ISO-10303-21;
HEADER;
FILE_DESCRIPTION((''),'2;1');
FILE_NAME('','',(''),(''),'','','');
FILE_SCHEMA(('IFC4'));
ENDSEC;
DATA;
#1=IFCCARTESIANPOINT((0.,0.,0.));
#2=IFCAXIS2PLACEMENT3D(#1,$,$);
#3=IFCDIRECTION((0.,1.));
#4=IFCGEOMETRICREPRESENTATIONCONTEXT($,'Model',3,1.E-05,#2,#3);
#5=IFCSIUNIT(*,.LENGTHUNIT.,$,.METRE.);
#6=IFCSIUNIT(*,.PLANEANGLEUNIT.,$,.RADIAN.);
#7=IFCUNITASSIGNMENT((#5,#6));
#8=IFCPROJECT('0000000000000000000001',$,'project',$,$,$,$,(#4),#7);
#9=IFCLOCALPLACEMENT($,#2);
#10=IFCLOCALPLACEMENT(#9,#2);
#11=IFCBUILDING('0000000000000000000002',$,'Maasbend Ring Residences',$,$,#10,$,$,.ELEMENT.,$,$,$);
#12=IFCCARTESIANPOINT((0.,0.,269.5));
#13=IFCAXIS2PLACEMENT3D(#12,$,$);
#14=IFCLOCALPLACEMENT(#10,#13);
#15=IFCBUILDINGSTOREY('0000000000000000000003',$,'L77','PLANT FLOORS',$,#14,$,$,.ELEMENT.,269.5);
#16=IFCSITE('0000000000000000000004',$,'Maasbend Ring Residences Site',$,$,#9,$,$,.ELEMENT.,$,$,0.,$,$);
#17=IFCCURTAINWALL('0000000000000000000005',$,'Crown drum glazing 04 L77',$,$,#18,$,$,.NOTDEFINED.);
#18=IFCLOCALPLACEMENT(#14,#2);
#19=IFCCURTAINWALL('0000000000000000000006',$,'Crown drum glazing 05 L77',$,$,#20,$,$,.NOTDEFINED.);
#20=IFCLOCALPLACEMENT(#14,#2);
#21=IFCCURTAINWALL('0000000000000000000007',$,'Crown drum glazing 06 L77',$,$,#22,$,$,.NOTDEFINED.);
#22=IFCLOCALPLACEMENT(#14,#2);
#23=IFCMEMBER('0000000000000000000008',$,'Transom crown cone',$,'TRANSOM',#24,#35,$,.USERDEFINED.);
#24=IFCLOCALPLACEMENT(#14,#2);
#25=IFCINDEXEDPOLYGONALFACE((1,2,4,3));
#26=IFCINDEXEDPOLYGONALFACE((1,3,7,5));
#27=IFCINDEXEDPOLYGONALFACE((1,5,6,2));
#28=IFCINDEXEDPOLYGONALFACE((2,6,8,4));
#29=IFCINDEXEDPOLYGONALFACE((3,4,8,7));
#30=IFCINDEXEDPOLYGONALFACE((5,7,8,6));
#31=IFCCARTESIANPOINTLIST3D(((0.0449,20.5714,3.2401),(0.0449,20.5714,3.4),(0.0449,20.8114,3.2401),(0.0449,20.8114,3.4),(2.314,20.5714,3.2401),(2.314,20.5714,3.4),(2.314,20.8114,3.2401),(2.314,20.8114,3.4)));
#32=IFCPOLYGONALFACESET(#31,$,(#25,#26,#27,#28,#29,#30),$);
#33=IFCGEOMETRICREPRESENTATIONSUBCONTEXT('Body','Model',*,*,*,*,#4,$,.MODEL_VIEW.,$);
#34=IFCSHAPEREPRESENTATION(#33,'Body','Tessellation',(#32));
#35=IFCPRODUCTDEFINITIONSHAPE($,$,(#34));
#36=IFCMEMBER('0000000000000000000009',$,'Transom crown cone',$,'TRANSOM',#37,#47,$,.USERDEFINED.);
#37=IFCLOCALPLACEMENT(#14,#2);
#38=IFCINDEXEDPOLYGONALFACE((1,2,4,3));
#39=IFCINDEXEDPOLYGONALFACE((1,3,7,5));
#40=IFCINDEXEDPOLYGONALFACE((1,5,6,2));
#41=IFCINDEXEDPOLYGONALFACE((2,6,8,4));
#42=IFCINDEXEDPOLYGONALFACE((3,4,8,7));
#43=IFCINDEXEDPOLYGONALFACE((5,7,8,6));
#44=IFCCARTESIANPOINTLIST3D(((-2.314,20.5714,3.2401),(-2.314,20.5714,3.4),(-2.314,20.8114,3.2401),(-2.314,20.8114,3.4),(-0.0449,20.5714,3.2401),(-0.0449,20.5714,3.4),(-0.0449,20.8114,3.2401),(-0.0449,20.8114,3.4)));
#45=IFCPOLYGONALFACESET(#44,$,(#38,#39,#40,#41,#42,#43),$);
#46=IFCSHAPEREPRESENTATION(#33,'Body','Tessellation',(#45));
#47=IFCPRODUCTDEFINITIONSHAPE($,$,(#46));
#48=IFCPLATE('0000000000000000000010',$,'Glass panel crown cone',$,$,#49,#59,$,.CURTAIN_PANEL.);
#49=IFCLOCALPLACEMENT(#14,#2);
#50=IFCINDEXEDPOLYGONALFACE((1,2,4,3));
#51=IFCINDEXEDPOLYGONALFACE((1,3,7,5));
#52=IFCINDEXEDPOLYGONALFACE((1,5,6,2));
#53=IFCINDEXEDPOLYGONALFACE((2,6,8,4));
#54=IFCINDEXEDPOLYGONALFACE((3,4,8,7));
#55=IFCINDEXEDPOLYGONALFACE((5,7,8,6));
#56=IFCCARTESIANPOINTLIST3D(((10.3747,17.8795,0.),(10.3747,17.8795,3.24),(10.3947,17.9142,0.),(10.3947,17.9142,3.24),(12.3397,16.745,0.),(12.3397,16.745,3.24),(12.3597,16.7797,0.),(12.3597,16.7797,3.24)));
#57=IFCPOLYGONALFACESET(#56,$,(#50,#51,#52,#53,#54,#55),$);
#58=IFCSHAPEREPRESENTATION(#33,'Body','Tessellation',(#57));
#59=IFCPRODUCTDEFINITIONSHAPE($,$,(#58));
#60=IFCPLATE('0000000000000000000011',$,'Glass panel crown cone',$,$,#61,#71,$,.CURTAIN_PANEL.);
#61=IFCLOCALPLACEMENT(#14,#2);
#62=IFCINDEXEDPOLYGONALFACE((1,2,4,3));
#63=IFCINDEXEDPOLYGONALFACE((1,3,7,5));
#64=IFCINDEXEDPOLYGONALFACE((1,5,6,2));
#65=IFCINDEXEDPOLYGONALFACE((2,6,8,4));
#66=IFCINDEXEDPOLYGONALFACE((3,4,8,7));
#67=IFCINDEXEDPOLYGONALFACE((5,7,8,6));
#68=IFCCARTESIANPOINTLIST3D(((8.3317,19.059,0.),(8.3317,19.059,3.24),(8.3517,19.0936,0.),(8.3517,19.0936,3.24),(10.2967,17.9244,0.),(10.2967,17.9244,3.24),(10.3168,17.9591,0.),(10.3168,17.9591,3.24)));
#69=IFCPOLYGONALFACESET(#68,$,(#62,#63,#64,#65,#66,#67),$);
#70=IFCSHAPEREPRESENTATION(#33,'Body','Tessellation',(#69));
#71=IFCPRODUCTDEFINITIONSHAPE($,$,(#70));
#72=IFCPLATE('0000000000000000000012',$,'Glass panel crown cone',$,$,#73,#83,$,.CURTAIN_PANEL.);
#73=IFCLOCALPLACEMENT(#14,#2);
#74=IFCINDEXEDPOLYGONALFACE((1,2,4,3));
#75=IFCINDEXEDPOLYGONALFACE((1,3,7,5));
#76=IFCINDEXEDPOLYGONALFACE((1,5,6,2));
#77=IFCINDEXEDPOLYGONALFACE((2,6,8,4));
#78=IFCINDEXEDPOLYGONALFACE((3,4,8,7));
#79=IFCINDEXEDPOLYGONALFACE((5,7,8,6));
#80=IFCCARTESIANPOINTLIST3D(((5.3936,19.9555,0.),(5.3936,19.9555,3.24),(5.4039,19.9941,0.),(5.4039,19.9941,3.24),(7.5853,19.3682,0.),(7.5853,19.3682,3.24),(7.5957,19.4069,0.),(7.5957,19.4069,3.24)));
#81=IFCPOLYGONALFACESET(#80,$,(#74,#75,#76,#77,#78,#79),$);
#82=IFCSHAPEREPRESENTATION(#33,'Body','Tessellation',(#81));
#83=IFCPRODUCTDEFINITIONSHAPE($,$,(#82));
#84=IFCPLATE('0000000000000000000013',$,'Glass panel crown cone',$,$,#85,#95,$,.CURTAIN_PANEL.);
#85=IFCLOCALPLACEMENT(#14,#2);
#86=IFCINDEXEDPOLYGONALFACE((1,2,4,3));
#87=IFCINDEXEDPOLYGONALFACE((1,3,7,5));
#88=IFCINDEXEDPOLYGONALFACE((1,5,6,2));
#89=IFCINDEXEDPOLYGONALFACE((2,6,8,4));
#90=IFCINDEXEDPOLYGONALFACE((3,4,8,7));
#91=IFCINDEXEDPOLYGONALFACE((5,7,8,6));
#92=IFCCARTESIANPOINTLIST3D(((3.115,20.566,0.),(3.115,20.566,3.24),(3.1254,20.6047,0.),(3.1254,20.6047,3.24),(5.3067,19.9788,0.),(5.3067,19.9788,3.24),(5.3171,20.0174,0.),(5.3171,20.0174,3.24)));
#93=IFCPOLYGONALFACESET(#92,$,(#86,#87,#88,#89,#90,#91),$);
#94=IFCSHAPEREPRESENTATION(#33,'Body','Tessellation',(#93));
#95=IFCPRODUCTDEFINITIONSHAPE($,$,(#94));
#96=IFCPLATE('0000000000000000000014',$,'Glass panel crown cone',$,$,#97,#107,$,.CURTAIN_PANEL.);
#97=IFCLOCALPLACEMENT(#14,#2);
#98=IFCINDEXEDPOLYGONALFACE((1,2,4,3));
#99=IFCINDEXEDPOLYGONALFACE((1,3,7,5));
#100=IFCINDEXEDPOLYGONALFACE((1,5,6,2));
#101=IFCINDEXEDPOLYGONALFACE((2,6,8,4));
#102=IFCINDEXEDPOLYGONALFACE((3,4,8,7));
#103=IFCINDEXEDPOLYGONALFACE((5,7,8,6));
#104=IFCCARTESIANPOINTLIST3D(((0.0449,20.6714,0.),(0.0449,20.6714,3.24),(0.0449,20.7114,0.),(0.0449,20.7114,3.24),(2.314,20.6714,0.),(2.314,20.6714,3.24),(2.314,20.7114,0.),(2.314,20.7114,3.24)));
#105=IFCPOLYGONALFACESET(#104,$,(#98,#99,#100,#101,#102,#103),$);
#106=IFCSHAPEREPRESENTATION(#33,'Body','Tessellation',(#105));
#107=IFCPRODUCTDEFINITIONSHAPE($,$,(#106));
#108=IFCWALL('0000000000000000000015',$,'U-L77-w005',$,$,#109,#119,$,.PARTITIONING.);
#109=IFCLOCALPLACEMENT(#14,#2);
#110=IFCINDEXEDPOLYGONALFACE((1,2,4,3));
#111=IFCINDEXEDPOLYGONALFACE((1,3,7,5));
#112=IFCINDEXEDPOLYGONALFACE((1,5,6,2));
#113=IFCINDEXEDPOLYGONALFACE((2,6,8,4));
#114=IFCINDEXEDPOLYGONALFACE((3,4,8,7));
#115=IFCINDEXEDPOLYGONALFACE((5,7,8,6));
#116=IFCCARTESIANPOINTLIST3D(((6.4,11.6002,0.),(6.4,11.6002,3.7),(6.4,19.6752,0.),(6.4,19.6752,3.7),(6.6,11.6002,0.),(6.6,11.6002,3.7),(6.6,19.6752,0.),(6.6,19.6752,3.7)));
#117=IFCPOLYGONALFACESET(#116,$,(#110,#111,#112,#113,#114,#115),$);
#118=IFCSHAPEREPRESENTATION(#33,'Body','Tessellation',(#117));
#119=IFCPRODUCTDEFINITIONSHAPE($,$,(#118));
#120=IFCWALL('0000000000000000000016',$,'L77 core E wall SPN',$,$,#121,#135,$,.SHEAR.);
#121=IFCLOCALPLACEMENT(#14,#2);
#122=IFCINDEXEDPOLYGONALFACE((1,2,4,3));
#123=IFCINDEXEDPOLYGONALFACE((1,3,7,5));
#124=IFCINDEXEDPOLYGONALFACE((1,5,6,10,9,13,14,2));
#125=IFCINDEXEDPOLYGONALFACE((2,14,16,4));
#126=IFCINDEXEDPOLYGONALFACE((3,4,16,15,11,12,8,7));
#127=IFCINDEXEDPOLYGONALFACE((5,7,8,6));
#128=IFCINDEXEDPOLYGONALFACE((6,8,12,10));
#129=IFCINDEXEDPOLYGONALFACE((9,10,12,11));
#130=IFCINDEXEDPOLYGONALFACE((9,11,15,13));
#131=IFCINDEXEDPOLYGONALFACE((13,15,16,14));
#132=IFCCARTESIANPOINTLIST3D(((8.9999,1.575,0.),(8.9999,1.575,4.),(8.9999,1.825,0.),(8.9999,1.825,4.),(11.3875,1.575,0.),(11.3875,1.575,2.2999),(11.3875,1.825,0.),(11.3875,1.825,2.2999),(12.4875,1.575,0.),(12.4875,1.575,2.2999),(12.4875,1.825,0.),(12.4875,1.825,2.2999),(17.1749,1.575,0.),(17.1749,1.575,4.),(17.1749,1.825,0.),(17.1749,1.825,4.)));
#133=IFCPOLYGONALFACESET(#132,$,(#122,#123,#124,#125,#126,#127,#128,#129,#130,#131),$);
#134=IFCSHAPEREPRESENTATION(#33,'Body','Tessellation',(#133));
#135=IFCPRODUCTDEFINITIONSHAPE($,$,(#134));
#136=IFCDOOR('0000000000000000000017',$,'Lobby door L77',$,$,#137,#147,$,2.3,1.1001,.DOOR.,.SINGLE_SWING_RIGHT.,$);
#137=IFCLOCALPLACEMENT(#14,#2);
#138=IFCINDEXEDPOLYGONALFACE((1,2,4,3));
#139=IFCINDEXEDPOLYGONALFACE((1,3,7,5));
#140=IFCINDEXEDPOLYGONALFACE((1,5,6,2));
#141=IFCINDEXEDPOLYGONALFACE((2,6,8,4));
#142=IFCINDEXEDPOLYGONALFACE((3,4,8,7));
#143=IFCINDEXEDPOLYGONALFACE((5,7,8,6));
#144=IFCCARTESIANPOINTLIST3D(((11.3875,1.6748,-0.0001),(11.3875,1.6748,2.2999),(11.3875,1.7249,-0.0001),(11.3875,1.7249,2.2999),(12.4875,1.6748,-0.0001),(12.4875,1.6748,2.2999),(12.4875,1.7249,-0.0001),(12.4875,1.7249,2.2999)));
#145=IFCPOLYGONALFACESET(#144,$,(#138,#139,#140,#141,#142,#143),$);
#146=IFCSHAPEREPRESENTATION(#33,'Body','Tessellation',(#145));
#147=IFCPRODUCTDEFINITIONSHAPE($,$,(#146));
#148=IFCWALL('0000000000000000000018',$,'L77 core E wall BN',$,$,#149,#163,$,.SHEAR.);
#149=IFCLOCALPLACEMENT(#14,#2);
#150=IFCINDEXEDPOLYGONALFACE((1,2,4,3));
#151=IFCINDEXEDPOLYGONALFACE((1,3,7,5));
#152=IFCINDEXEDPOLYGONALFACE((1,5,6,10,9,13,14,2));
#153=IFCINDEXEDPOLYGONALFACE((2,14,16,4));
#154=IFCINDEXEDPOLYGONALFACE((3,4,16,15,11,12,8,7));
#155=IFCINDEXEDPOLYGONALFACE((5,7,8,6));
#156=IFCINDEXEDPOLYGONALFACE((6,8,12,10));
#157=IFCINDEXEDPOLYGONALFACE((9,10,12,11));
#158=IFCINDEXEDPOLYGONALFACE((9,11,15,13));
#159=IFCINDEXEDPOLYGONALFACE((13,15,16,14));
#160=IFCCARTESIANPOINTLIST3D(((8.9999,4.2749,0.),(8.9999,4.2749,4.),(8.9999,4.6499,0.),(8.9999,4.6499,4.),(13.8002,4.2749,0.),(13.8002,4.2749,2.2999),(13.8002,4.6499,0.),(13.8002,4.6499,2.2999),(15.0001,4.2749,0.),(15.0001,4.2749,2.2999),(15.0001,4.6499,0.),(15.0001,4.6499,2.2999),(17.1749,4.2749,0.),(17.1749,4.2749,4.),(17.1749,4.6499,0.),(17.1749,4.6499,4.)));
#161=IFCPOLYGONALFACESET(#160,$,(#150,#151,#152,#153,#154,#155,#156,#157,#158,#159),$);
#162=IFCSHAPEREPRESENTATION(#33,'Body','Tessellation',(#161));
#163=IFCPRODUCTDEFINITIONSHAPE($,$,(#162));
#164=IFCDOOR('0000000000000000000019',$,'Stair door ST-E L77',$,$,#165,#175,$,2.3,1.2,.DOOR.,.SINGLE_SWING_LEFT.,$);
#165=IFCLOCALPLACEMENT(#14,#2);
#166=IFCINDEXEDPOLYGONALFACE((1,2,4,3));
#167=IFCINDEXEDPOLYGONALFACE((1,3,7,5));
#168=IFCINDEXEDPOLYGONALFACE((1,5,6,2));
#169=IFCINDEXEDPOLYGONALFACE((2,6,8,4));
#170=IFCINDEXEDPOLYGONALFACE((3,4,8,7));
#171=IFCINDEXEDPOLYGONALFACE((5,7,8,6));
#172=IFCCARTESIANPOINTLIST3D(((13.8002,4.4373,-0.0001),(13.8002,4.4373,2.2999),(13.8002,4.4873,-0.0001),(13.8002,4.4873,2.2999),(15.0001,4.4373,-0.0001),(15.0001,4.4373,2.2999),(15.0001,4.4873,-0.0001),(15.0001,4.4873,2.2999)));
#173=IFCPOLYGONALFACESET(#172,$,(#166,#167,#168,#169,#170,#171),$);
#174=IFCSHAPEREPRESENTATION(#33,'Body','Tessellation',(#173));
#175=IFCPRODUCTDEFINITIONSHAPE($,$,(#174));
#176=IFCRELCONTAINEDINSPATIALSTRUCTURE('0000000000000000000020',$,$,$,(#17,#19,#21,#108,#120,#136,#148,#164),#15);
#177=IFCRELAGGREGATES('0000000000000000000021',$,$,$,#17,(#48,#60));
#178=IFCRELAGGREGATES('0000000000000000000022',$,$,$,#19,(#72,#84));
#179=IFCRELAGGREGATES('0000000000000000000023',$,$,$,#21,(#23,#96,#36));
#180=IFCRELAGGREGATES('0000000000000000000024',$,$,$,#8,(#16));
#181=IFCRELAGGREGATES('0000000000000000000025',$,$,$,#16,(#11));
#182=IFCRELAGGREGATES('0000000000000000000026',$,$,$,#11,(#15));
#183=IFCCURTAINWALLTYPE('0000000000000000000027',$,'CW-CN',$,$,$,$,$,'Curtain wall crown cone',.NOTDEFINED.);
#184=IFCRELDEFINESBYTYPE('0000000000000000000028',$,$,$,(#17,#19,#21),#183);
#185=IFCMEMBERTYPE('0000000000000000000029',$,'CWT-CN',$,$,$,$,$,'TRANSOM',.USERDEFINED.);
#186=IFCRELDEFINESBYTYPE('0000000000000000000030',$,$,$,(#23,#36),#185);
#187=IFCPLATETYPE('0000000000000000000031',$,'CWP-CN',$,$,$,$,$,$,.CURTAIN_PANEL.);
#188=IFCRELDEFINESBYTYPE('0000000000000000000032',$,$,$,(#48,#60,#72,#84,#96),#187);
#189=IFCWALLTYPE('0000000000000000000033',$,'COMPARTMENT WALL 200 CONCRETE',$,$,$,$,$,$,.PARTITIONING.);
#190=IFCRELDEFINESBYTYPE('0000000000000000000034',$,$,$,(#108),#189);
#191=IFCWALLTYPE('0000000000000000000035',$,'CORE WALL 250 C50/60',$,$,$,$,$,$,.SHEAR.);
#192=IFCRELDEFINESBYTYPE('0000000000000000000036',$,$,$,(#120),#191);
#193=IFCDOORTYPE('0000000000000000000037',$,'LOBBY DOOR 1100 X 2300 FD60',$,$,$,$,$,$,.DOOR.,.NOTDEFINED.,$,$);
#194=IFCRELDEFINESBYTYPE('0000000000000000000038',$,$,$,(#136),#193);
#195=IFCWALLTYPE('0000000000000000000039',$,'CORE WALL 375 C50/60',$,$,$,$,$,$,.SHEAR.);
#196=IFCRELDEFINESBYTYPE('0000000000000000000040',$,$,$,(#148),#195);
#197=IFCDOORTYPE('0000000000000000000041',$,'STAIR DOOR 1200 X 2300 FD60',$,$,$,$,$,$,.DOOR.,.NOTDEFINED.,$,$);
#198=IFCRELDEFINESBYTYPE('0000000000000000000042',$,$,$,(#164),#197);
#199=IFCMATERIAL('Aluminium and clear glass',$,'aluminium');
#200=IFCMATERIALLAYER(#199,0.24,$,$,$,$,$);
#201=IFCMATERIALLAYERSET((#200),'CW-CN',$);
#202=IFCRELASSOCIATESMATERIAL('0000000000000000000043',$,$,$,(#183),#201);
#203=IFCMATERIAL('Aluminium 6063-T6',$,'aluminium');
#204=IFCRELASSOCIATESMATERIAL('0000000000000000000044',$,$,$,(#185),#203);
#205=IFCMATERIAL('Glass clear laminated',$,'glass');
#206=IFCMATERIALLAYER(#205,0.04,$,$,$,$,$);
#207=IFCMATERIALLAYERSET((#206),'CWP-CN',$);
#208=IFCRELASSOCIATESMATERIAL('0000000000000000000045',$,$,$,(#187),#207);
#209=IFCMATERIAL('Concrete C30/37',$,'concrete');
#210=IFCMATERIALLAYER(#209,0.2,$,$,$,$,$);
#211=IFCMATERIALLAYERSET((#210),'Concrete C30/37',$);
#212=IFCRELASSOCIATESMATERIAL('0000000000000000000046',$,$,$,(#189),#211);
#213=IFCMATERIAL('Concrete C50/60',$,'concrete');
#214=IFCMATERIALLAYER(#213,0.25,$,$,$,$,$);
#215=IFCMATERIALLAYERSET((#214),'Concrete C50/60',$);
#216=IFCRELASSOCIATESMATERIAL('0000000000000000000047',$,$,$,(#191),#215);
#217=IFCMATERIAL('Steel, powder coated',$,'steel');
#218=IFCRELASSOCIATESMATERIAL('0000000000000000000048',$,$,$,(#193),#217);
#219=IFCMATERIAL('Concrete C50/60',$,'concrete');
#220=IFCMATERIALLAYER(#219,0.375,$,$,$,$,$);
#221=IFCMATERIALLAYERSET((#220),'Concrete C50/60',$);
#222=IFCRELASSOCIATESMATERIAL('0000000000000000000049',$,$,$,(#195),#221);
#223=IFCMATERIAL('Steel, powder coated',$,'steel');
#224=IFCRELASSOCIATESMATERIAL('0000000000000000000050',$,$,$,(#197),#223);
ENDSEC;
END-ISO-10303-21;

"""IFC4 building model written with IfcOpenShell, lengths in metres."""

from ifc_helpers import new_model, si_unit, direction, frame, frame_2d, origin, origin_2d, place, context, subcontext, project, spatial, rectangle, extrude, material, layer, layer_set, material_profile, profile_set, type_object, element, fill, aggregate, save


model = new_model("IFC4")

# Units and contexts
model_context = context("Model", 3, precision=1e-05, world=origin(), true_north=direction((0.0, 1.0)))
body_context = subcontext(model_context, "Body", "Model", "MODEL_VIEW")
ifc_project = project(units=[si_unit("LENGTHUNIT", "METRE"), si_unit("PLANEANGLEUNIT", "RADIAN")], contexts=[model_context])

# Site, building, storey
site_placement = place(None, origin())
site = spatial("IfcSite", under=ifc_project, at=site_placement, Name="Maasbend Ring Residences Site", CompositionType="ELEMENT", RefElevation=0.0)
building_placement = place(site_placement, origin())
building = spatial("IfcBuilding", under=site, at=building_placement, Name="Maasbend Ring Residences", CompositionType="ELEMENT")
storey_placement = place(building_placement, frame((0.0, 0.0, 269.5)))
storey = spatial("IfcBuildingStorey", under=building, at=storey_placement, Name="L77", Description="PLANT FLOORS", CompositionType="ELEMENT", Elevation=269.5)

# Curtain walls
ifc_material_1 = material(Name="Aluminium and clear glass", Category="aluminium")
ifc_layer_1 = layer(ifc_material_1, 0.24)
ifc_layer_set_1 = layer_set([ifc_layer_1], Name="CW-CN")
curtain_wall_type = type_object("IfcCurtainWallType", Name="CW-CN", ElementType="Curtain wall crown cone", PredefinedType="NOTDEFINED", material=ifc_layer_set_1)
curtain_wall_1_placement = place(storey_placement, origin())
curtain_wall_1 = element("IfcCurtainWall", 1, at=curtain_wall_1_placement, inside=storey, type_object=curtain_wall_type, Name="Crown drum glazing 04 L77", PredefinedType="NOTDEFINED")
curtain_wall_2_placement = place(storey_placement, origin())
curtain_wall_2 = element("IfcCurtainWall", 2, at=curtain_wall_2_placement, inside=storey, type_object=curtain_wall_type, Name="Crown drum glazing 05 L77", PredefinedType="NOTDEFINED")
curtain_wall_3_placement = place(storey_placement, origin())
curtain_wall_3 = element("IfcCurtainWall", 3, at=curtain_wall_3_placement, inside=storey, type_object=curtain_wall_type, Name="Crown drum glazing 06 L77", PredefinedType="NOTDEFINED")

# Members
ifc_material_2 = material(Name="Aluminium 6063-T6", Category="aluminium")
ifc_material_profile_1 = material_profile(ifc_material_2, rectangle(XDim=0.24, YDim=0.1599, at=origin_2d()), Name="AL 240x160")
ifc_profile_set_1 = profile_set([ifc_material_profile_1], Name="Aluminium 6063-T6")
member_type_1 = type_object("IfcMemberType", Name="CWT-CN", ElementType="TRANSOM", PredefinedType="USERDEFINED", material=ifc_profile_set_1)
member_1_placement = place(storey_placement, frame((2.314, 20.6914, 3.3201), z_axis=(-1.0, 0.0, 0.0), x_axis=(0.0, -1.0, 0.0)))
member_1 = element("IfcMember", 4, at=member_1_placement, type_object=member_type_1, Name="Transom crown cone", ObjectType="TRANSOM", PredefinedType="USERDEFINED", context=body_context, shape_type="SweptSolid", body=[
    extrude(rectangle(XDim=0.24, YDim=0.1599, at=origin_2d()), origin(), (0.0, 0.0, 1.0), 2.269),
])
member_2_placement = place(storey_placement, frame((-0.0449, 20.6914, 3.3201), z_axis=(-1.0, 0.0, 0.0), x_axis=(0.0, -1.0, 0.0)))
member_2 = element("IfcMember", 5, at=member_2_placement, type_object=member_type_1, Name="Transom crown cone", ObjectType="TRANSOM", PredefinedType="USERDEFINED", context=body_context, shape_type="SweptSolid", body=[
    extrude(rectangle(XDim=0.24, YDim=0.1599, at=origin_2d()), origin(), (0.0, 0.0, 1.0), 2.269),
])

# Plates
ifc_material_3 = material(Name="Glass clear laminated", Category="glass")
ifc_layer_2 = layer(ifc_material_3, 0.04)
ifc_layer_set_2 = layer_set([ifc_layer_2], Name="CWP-CN")
plate_type = type_object("IfcPlateType", Name="CWP-CN", PredefinedType="CURTAIN_PANEL", material=ifc_layer_set_2)
plate_1_placement = place(storey_placement, frame((11.3672, 17.3296, 0.0), z_axis=(0.0, 0.0, 1.0), x_axis=(-0.866025, 0.5, 0.0)))
plate_1 = element("IfcPlate", 6, at=plate_1_placement, type_object=plate_type, Name="Glass panel crown cone", PredefinedType="CURTAIN_PANEL", context=body_context, shape_type="SweptSolid", body=[
    extrude(rectangle(XDim=2.269, YDim=0.04, at=origin_2d()), origin(), (0.0, 0.0, 1.0), 3.24),
])
plate_2_placement = place(storey_placement, frame((9.3242, 18.509, 0.0), z_axis=(0.0, 0.0, 1.0), x_axis=(-0.866025, 0.5, 0.0)))
plate_2 = element("IfcPlate", 7, at=plate_2_placement, type_object=plate_type, Name="Glass panel crown cone", PredefinedType="CURTAIN_PANEL", context=body_context, shape_type="SweptSolid", body=[
    extrude(rectangle(XDim=2.269, YDim=0.04, at=origin_2d()), origin(), (0.0, 0.0, 1.0), 3.24),
])
aggregate(curtain_wall_1, [plate_1, plate_2])
plate_3_placement = place(storey_placement, frame((6.4946, 19.6812, 0.0), z_axis=(0.0, 0.0, 1.0), x_axis=(-0.965926, 0.258819, 0.0)))
plate_3 = element("IfcPlate", 8, at=plate_3_placement, type_object=plate_type, Name="Glass panel crown cone", PredefinedType="CURTAIN_PANEL", context=body_context, shape_type="SweptSolid", body=[
    extrude(rectangle(XDim=2.269, YDim=0.04, at=origin_2d()), origin(), (0.0, 0.0, 1.0), 3.24),
])
plate_4_placement = place(storey_placement, frame((4.2161, 20.2917, 0.0), z_axis=(0.0, 0.0, 1.0), x_axis=(-0.965926, 0.258819, 0.0)))
plate_4 = element("IfcPlate", 9, at=plate_4_placement, type_object=plate_type, Name="Glass panel crown cone", PredefinedType="CURTAIN_PANEL", context=body_context, shape_type="SweptSolid", body=[
    extrude(rectangle(XDim=2.269, YDim=0.04, at=origin_2d()), origin(), (0.0, 0.0, 1.0), 3.24),
])
aggregate(curtain_wall_2, [plate_3, plate_4])
plate_5_placement = place(storey_placement, frame((1.1794, 20.6914, 0.0), z_axis=(0.0, 0.0, 1.0), x_axis=(-1.0, 0.0, 0.0)))
plate_5 = element("IfcPlate", 10, at=plate_5_placement, type_object=plate_type, Name="Glass panel crown cone", PredefinedType="CURTAIN_PANEL", context=body_context, shape_type="SweptSolid", body=[
    extrude(rectangle(XDim=2.269, YDim=0.04, at=origin_2d()), origin(), (0.0, 0.0, 1.0), 3.24),
])
aggregate(curtain_wall_3, [member_1, plate_5, member_2])

# Wall
ifc_material_4 = material(Name="Concrete C30/37", Category="concrete")
ifc_layer_3 = layer(ifc_material_4, 0.2)
ifc_layer_set_3 = layer_set([ifc_layer_3], Name="Concrete C30/37")
wall_type_1 = type_object("IfcWallType", Name="COMPARTMENT WALL 200 CONCRETE", PredefinedType="PARTITIONING", material=ifc_layer_set_3)
wall_1_placement = place(storey_placement, frame((6.5, 11.6001, 0.0), z_axis=(0.0, 0.0, 1.0), x_axis=(0.0, 1.0, 0.0)))
element("IfcWall", 11, at=wall_1_placement, inside=storey, type_object=wall_type_1, Name="U-L77-w005", PredefinedType="PARTITIONING", context=body_context, shape_type="SweptSolid", body=[
    extrude(rectangle(XDim=8.075, YDim=0.2, at=frame_2d((4.0376, 0.0))), origin(), (0.0, 0.0, 1.0), 3.7),
])

# Walls, openings, doors
ifc_material_5 = material(Name="Concrete C50/60", Category="concrete")
ifc_layer_4 = layer(ifc_material_5, 0.25)
ifc_layer_set_4 = layer_set([ifc_layer_4], Name="Concrete C50/60")
wall_type_2 = type_object("IfcWallType", Name="CORE WALL 250 C50/60", PredefinedType="SHEAR", material=ifc_layer_set_4)
wall_2_placement = place(storey_placement, frame((9.0, 1.7, 0.0), z_axis=(0.0, 0.0, 1.0), x_axis=(1.0, 0.0, 0.0)))
wall_2 = element("IfcWall", 12, at=wall_2_placement, inside=storey, type_object=wall_type_2, Name="L77 core E wall SPN", PredefinedType="SHEAR", context=body_context, shape_type="SweptSolid", body=[
    extrude(rectangle(XDim=8.175, YDim=0.25, at=frame_2d((4.0874, 0.0))), origin(), (0.0, 0.0, 1.0), 4.0),
])
opening_1_placement = place(wall_2_placement, frame((2.3875, 0.0, 0.0)))
opening_1 = element("IfcOpeningElement", 13, at=opening_1_placement, cuts=wall_2, PredefinedType="OPENING", context=body_context, shape_type="SweptSolid", body=[
    extrude(rectangle(XDim=1.1001, YDim=2.3, at=frame_2d((0.55, 1.1499))), frame((0.0, 0.135, 0.0), z_axis=(0.0, -1.0, 0.0), x_axis=(1.0, 0.0, 0.0)), (0.0, 0.0, 1.0), 0.27),
])
ifc_material_6 = material(Name="Steel, powder coated", Category="steel")
door_type_1 = type_object("IfcDoorType", Name="LOBBY DOOR 1100 X 2300 FD60", OperationType="NOTDEFINED", PredefinedType="DOOR", material=ifc_material_6)
door_1_placement = place(opening_1_placement, origin())
door_1 = element("IfcDoor", 14, at=door_1_placement, inside=storey, type_object=door_type_1, Name="Lobby door L77", OperationType="SINGLE_SWING_RIGHT", OverallHeight=2.3, OverallWidth=1.1001, PredefinedType="DOOR", context=body_context, shape_type="SweptSolid", body=[
    extrude(rectangle(XDim=1.1001, YDim=2.3, at=frame_2d((0.55, 1.1499))), frame((0.0, 0.0249, 0.0), z_axis=(0.0, -1.0, 0.0), x_axis=(1.0, 0.0, 0.0)), (0.0, 0.0, 1.0), 0.05),
])
fill(opening_1, door_1)
ifc_material_7 = material(Name="Concrete C50/60", Category="concrete")
ifc_layer_5 = layer(ifc_material_7, 0.375)
ifc_layer_set_5 = layer_set([ifc_layer_5], Name="Concrete C50/60")
wall_type_3 = type_object("IfcWallType", Name="CORE WALL 375 C50/60", PredefinedType="SHEAR", material=ifc_layer_set_5)
wall_3_placement = place(storey_placement, frame((9.0, 4.4624, 0.0), z_axis=(0.0, 0.0, 1.0), x_axis=(1.0, 0.0, 0.0)))
wall_3 = element("IfcWall", 15, at=wall_3_placement, inside=storey, type_object=wall_type_3, Name="L77 core E wall BN", PredefinedType="SHEAR", context=body_context, shape_type="SweptSolid", body=[
    extrude(rectangle(XDim=8.175, YDim=0.375, at=frame_2d((4.0874, 0.0))), origin(), (0.0, 0.0, 1.0), 4.0),
])
opening_2_placement = place(wall_3_placement, frame((4.8, 0.0, 0.0)))
opening_2 = element("IfcOpeningElement", 16, at=opening_2_placement, cuts=wall_3, PredefinedType="OPENING", context=body_context, shape_type="SweptSolid", body=[
    extrude(rectangle(XDim=1.2, YDim=2.3, at=frame_2d((0.6001, 1.1499))), frame((0.0, 0.1975, 0.0), z_axis=(0.0, -1.0, 0.0), x_axis=(1.0, 0.0, 0.0)), (0.0, 0.0, 1.0), 0.395),
])
ifc_material_8 = material(Name="Steel, powder coated", Category="steel")
door_type_2 = type_object("IfcDoorType", Name="STAIR DOOR 1200 X 2300 FD60", OperationType="NOTDEFINED", PredefinedType="DOOR", material=ifc_material_8)
door_2_placement = place(opening_2_placement, origin())
door_2 = element("IfcDoor", 17, at=door_2_placement, inside=storey, type_object=door_type_2, Name="Stair door ST-E L77", OperationType="SINGLE_SWING_LEFT", OverallHeight=2.3, OverallWidth=1.2, PredefinedType="DOOR", context=body_context, shape_type="SweptSolid", body=[
    extrude(rectangle(XDim=1.2, YDim=2.3, at=frame_2d((0.6001, 1.1499))), frame((0.0, 0.0249, 0.0), z_axis=(0.0, -1.0, 0.0), x_axis=(1.0, 0.0, 0.0)), (0.0, 0.0, 1.0), 0.05),
])
fill(opening_2, door_2)

save(model, "model.ifc")
